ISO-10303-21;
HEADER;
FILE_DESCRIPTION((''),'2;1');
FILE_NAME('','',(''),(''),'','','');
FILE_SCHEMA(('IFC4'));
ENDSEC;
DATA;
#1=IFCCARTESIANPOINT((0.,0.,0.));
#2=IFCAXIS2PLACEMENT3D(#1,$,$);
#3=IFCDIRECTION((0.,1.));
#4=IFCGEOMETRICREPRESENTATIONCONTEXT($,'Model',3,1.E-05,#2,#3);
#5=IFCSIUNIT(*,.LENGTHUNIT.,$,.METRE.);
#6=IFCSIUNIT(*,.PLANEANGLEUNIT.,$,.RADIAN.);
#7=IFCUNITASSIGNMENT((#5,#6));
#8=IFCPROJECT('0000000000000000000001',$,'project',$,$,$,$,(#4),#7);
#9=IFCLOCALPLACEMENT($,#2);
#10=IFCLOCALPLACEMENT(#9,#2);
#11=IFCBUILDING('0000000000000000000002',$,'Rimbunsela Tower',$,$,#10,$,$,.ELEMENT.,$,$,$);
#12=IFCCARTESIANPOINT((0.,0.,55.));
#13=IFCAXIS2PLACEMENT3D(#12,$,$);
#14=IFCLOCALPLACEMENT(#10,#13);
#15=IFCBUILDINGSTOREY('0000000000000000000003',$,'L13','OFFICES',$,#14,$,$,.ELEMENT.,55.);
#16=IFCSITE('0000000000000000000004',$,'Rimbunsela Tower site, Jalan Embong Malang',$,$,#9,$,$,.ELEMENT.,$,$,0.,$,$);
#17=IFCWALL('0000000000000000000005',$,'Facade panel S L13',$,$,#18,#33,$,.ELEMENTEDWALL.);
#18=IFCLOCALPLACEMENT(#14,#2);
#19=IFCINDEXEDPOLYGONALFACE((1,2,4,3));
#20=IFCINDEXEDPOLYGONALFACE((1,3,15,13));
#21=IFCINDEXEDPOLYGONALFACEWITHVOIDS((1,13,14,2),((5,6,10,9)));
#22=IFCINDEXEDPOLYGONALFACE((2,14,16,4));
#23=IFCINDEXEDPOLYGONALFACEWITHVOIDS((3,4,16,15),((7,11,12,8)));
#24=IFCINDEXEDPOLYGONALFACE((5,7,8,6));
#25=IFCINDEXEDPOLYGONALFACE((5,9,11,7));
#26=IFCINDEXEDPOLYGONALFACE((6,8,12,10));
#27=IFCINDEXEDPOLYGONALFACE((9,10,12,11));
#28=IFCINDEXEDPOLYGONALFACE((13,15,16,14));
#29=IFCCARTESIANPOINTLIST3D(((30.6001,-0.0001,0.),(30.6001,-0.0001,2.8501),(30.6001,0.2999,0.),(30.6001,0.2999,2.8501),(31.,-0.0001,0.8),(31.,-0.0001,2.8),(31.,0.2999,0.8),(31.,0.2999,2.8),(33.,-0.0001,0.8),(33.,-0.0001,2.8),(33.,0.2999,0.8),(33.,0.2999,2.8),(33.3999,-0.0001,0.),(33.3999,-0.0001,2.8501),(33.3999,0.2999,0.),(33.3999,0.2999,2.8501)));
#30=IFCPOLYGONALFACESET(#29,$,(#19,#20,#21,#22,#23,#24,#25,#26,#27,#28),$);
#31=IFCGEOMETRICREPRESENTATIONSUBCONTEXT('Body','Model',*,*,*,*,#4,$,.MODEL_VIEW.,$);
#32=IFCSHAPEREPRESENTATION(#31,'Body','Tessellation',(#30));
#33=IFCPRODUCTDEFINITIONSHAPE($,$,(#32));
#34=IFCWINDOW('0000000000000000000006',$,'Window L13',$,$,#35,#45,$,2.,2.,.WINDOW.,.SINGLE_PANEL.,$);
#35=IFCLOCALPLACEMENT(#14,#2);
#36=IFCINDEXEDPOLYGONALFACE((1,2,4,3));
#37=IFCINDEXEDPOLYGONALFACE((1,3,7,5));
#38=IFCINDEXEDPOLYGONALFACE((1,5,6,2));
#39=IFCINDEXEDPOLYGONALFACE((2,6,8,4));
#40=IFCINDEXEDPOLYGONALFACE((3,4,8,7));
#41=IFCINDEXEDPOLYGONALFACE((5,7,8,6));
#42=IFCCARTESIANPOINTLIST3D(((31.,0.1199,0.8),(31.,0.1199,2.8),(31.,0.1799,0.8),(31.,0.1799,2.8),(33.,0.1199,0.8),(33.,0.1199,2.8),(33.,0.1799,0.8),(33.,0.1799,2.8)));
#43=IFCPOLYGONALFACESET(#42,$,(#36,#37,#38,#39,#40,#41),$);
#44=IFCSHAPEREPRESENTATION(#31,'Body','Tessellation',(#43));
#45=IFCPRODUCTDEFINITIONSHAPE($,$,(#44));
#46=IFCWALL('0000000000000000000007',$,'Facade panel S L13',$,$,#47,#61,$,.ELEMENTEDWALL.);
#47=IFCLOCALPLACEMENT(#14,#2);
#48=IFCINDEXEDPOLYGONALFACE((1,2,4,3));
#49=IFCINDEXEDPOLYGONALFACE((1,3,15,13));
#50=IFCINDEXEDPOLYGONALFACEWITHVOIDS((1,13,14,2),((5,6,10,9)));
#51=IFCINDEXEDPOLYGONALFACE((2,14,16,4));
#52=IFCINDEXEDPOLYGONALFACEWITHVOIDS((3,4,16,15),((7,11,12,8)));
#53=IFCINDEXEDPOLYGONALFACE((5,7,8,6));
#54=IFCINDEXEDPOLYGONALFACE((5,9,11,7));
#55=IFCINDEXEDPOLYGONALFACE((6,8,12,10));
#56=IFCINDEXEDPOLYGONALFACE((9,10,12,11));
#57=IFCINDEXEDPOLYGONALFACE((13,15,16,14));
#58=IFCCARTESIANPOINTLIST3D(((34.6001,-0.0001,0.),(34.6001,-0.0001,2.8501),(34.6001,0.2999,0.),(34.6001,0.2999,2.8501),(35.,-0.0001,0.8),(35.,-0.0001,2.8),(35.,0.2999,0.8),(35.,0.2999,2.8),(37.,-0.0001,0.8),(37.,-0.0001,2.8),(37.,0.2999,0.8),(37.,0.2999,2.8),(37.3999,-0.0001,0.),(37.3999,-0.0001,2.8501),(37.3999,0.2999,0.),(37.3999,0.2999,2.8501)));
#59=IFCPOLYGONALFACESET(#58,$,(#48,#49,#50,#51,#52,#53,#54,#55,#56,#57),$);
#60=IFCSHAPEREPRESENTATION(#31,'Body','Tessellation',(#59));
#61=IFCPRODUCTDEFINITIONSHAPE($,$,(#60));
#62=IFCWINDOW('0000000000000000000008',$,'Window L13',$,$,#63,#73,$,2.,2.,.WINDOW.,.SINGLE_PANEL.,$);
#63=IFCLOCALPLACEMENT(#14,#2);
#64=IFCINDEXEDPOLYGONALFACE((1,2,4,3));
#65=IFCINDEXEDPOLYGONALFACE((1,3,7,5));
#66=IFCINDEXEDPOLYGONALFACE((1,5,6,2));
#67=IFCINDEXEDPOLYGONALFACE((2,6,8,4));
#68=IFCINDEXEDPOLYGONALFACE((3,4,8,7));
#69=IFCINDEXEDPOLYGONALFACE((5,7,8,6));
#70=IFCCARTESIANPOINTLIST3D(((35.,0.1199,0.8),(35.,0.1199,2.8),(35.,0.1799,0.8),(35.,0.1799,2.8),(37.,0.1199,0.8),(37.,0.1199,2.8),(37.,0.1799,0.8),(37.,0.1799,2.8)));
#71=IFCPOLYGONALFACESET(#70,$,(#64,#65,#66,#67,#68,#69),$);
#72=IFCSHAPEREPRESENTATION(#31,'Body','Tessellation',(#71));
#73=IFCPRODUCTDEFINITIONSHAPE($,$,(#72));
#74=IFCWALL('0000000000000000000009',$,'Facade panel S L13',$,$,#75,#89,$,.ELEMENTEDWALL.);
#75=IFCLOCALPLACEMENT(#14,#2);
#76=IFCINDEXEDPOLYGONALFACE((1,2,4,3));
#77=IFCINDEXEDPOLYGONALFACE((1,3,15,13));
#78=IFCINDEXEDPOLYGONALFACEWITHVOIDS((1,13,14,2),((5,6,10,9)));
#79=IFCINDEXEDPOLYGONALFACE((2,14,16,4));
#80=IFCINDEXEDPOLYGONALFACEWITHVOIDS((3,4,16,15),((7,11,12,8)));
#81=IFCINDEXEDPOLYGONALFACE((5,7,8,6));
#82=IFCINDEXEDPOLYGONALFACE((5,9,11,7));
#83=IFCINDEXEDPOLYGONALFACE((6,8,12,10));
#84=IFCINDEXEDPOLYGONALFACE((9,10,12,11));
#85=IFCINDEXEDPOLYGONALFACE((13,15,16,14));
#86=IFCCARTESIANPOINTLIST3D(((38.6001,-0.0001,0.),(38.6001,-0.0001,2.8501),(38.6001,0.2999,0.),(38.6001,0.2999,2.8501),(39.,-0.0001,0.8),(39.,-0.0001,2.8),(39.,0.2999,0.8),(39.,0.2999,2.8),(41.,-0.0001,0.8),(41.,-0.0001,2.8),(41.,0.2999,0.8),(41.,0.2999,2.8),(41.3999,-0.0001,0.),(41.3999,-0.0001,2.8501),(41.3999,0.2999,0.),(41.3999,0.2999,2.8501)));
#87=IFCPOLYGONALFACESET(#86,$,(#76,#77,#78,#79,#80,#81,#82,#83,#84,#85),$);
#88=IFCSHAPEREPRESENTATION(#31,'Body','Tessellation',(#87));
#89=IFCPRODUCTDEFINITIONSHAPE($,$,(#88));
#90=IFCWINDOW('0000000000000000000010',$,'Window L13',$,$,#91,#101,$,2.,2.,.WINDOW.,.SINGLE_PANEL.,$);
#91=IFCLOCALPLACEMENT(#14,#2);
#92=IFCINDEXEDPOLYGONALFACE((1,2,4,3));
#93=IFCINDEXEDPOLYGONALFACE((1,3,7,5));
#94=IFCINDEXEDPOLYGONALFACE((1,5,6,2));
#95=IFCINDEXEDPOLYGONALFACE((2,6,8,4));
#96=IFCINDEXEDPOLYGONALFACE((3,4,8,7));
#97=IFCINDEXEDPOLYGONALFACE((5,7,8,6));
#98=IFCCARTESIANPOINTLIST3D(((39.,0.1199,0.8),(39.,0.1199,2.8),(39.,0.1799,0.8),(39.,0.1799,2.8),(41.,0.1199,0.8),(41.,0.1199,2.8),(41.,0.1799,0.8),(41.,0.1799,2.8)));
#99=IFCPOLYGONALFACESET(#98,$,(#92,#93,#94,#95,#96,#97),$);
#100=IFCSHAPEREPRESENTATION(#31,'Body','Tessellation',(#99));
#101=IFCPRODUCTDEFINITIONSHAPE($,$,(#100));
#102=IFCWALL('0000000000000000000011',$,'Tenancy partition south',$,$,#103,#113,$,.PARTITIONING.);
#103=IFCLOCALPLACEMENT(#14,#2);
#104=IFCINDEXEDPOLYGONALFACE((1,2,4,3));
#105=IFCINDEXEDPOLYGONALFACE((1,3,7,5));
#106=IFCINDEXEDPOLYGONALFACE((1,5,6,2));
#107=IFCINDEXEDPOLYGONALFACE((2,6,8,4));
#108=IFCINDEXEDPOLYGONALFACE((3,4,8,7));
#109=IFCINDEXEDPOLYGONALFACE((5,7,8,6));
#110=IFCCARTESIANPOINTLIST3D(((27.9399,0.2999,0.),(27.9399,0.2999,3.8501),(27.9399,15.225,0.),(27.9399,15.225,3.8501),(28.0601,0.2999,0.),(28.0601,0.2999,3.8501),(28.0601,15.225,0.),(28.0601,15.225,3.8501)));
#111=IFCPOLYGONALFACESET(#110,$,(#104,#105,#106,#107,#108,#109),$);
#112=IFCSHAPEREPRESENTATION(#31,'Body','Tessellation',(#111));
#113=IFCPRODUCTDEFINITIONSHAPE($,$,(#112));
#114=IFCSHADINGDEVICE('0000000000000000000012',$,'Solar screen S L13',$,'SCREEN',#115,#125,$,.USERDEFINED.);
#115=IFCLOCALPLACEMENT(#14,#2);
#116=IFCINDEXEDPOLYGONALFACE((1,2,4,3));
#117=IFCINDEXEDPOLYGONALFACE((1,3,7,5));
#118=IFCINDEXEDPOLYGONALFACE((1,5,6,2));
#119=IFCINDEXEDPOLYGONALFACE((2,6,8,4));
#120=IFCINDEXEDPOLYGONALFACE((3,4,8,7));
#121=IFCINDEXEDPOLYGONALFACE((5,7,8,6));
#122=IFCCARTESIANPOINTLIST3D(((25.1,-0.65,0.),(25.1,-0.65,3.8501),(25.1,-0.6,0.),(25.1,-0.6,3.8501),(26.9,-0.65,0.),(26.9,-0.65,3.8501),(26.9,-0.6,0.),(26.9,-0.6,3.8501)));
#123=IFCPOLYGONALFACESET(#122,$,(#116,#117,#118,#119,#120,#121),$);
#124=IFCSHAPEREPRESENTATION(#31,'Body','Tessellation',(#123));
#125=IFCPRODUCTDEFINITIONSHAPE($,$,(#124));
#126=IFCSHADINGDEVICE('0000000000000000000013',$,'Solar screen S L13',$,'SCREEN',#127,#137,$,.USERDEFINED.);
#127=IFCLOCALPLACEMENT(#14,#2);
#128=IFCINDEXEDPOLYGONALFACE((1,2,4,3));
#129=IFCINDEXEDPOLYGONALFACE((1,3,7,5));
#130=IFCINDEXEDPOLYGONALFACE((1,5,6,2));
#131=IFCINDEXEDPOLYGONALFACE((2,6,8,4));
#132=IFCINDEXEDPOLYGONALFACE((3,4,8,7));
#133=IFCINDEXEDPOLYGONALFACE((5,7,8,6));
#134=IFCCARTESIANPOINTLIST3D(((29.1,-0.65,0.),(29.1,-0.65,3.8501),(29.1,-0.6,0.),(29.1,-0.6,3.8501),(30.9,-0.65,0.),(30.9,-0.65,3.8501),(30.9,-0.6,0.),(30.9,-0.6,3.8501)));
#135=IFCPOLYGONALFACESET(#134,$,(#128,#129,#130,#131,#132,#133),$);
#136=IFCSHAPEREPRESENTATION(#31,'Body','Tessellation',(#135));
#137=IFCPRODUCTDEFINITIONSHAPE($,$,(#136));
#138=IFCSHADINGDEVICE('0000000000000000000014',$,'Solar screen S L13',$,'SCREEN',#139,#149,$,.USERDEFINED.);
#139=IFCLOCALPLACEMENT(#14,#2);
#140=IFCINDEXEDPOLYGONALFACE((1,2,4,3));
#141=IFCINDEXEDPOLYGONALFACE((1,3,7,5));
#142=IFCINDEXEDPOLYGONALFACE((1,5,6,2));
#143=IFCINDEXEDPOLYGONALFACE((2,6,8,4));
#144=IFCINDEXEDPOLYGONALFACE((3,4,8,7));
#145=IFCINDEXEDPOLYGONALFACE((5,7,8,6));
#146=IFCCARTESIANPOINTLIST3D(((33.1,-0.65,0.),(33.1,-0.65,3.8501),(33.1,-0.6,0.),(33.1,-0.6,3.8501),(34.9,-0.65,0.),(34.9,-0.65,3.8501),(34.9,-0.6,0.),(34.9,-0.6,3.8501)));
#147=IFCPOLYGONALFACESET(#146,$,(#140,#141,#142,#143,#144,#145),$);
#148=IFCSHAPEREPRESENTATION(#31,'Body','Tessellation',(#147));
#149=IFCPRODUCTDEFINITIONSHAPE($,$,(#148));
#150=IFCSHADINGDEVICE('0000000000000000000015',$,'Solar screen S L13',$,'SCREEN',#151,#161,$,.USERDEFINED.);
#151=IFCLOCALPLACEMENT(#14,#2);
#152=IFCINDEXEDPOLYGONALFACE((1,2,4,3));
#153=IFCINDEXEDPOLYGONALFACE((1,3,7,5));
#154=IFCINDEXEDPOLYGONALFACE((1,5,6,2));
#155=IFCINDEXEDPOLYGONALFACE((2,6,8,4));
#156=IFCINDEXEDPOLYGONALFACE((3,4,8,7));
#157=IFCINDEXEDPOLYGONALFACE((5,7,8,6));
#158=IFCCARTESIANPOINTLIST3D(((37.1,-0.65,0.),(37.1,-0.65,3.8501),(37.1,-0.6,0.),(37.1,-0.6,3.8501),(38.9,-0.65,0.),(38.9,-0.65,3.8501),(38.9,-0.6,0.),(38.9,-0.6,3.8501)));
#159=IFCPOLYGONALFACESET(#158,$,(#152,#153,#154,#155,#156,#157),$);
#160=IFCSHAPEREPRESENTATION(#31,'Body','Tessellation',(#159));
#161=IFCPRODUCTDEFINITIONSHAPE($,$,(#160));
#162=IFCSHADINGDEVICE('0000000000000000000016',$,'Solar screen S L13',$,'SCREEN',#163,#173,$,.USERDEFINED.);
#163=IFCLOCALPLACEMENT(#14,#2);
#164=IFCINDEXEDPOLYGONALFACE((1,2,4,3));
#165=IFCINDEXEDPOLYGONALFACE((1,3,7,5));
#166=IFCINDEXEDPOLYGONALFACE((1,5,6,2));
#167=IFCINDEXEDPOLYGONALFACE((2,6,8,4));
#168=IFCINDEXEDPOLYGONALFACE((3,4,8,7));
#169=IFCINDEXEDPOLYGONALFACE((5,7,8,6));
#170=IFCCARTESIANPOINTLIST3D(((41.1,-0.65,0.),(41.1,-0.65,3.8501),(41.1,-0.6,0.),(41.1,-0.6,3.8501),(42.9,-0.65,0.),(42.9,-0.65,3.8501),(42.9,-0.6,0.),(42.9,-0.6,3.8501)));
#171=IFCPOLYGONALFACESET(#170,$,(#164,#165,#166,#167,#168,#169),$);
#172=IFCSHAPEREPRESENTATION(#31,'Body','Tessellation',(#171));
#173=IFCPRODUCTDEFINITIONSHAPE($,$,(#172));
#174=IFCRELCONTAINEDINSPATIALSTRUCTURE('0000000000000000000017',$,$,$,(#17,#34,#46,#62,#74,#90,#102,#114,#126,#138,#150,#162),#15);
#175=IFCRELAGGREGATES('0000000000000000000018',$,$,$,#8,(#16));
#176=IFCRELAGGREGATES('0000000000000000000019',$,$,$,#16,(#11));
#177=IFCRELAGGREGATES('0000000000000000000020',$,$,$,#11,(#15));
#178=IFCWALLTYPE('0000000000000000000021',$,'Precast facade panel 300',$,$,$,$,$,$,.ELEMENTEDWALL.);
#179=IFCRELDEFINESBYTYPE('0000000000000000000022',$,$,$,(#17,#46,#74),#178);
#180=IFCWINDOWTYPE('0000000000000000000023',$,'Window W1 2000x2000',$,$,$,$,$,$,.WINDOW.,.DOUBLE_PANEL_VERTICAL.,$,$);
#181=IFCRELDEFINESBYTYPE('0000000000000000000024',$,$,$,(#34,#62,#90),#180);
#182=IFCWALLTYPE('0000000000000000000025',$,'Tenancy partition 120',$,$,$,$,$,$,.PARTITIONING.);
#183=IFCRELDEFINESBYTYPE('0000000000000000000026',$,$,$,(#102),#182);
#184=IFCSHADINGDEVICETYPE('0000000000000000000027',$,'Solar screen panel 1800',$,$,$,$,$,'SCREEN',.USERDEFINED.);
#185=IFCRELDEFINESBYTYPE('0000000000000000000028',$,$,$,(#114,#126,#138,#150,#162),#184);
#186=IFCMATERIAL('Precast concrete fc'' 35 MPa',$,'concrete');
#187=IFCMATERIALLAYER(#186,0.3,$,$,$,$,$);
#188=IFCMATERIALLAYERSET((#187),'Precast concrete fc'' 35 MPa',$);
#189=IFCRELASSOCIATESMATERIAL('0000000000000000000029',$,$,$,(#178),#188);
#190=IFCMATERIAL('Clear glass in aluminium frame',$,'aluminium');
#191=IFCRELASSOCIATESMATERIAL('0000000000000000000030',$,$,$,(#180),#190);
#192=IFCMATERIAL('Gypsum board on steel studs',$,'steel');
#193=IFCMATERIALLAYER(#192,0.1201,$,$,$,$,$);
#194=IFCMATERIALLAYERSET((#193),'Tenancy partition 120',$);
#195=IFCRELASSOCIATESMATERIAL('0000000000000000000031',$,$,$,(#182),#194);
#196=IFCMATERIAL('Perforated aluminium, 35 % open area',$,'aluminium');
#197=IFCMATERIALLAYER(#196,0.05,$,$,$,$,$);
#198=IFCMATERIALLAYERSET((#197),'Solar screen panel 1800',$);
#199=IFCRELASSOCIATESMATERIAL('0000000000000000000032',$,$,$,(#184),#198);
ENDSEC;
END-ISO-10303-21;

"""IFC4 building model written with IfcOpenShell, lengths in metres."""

from ifc_helpers import new_model, si_unit, direction, frame, frame_2d, origin, origin_2d, place, context, subcontext, project, spatial, rectangle, extrude, material, layer, layer_set, type_object, element, fill, save


model = new_model("IFC4")

# Units and contexts
model_context = context("Model", 3, precision=1e-05, world=origin(), true_north=direction((0.0, 1.0)))
body_context = subcontext(model_context, "Body", "Model", "MODEL_VIEW")
ifc_project = project(units=[si_unit("LENGTHUNIT", "METRE"), si_unit("PLANEANGLEUNIT", "RADIAN")], contexts=[model_context])

# Site, building, storey
site_placement = place(None, origin())
site = spatial("IfcSite", under=ifc_project, at=site_placement, Name="Rimbunsela Tower site, Jalan Embong Malang", CompositionType="ELEMENT", RefElevation=0.0)
building_placement = place(site_placement, origin())
building = spatial("IfcBuilding", under=site, at=building_placement, Name="Rimbunsela Tower", CompositionType="ELEMENT")
storey_placement = place(building_placement, frame((0.0, 0.0, 55.0)))
storey = spatial("IfcBuildingStorey", under=building, at=storey_placement, Name="L13", Description="OFFICES", CompositionType="ELEMENT", Elevation=55.0)

# Shared definitions
ifc_material_1 = material(Name="Precast concrete fc' 35 MPa", Category="concrete")
ifc_layer_1 = layer(ifc_material_1, 0.3)
ifc_layer_set_1 = layer_set([ifc_layer_1], Name="Precast concrete fc' 35 MPa")
wall_type_1 = type_object("IfcWallType", Name="Precast facade panel 300", PredefinedType="ELEMENTEDWALL", material=ifc_layer_set_1)

# Walls, openings, windows
wall_1_placement = place(storey_placement, frame((30.6001, 0.1499, 0.0), z_axis=(0.0, 0.0, 1.0), x_axis=(1.0, 0.0, 0.0)))
wall_1 = element("IfcWall", 1, at=wall_1_placement, inside=storey, type_object=wall_type_1, Name="Facade panel S L13", PredefinedType="ELEMENTEDWALL", context=body_context, shape_type="SweptSolid", body=[
    extrude(rectangle(XDim=2.7998, YDim=0.3, at=frame_2d((1.3999, 0.0))), origin(), (0.0, 0.0, 1.0), 2.8501),
])
opening_1_placement = place(wall_1_placement, frame((0.3999, 0.0, 0.8)))
opening_1 = element("IfcOpeningElement", 2, at=opening_1_placement, cuts=wall_1, PredefinedType="OPENING", context=body_context, shape_type="SweptSolid", body=[
    extrude(rectangle(XDim=2.0, YDim=2.0, at=frame_2d((1.0, 1.0))), frame((0.0, 0.1599, 0.0), z_axis=(0.0, -1.0, 0.0), x_axis=(1.0, 0.0, 0.0)), (0.0, 0.0, 1.0), 0.3201),
])
ifc_material_2 = material(Name="Clear glass in aluminium frame", Category="aluminium")
window_type_1 = type_object("IfcWindowType", Name="Window W1 2000x2000", PartitioningType="DOUBLE_PANEL_VERTICAL", PredefinedType="WINDOW", material=ifc_material_2)
window_1_placement = place(opening_1_placement, origin())
window_1 = element("IfcWindow", 3, at=window_1_placement, inside=storey, type_object=window_type_1, Name="Window L13", OverallHeight=2.0, OverallWidth=2.0, PartitioningType="SINGLE_PANEL", PredefinedType="WINDOW", context=body_context, shape_type="SweptSolid", body=[
    extrude(rectangle(XDim=2.0, YDim=2.0, at=frame_2d((1.0, 1.0))), frame((0.0, 0.03, 0.0), z_axis=(0.0, -1.0, 0.0), x_axis=(1.0, 0.0, 0.0)), (0.0, 0.0, 1.0), 0.0601),
])
fill(opening_1, window_1)
wall_2_placement = place(storey_placement, frame((34.6001, 0.1499, 0.0), z_axis=(0.0, 0.0, 1.0), x_axis=(1.0, 0.0, 0.0)))
wall_2 = element("IfcWall", 4, at=wall_2_placement, inside=storey, type_object=wall_type_1, Name="Facade panel S L13", PredefinedType="ELEMENTEDWALL", context=body_context, shape_type="SweptSolid", body=[
    extrude(rectangle(XDim=2.7998, YDim=0.3, at=frame_2d((1.3999, 0.0))), origin(), (0.0, 0.0, 1.0), 2.8501),
])
opening_2_placement = place(wall_2_placement, frame((0.3999, 0.0, 0.8)))
opening_2 = element("IfcOpeningElement", 5, at=opening_2_placement, cuts=wall_2, PredefinedType="OPENING", context=body_context, shape_type="SweptSolid", body=[
    extrude(rectangle(XDim=2.0, YDim=2.0, at=frame_2d((1.0, 1.0))), frame((0.0, 0.1599, 0.0), z_axis=(0.0, -1.0, 0.0), x_axis=(1.0, 0.0, 0.0)), (0.0, 0.0, 1.0), 0.3201),
])
window_2_placement = place(opening_2_placement, origin())
window_2 = element("IfcWindow", 6, at=window_2_placement, inside=storey, type_object=window_type_1, Name="Window L13", OverallHeight=2.0, OverallWidth=2.0, PartitioningType="SINGLE_PANEL", PredefinedType="WINDOW", context=body_context, shape_type="SweptSolid", body=[
    extrude(rectangle(XDim=2.0, YDim=2.0, at=frame_2d((1.0, 1.0))), frame((0.0, 0.03, 0.0), z_axis=(0.0, -1.0, 0.0), x_axis=(1.0, 0.0, 0.0)), (0.0, 0.0, 1.0), 0.0601),
])
fill(opening_2, window_2)
wall_3_placement = place(storey_placement, frame((38.6001, 0.1499, 0.0), z_axis=(0.0, 0.0, 1.0), x_axis=(1.0, 0.0, 0.0)))
wall_3 = element("IfcWall", 7, at=wall_3_placement, inside=storey, type_object=wall_type_1, Name="Facade panel S L13", PredefinedType="ELEMENTEDWALL", context=body_context, shape_type="SweptSolid", body=[
    extrude(rectangle(XDim=2.7998, YDim=0.3, at=frame_2d((1.3999, 0.0))), origin(), (0.0, 0.0, 1.0), 2.8501),
])
opening_3_placement = place(wall_3_placement, frame((0.3999, 0.0, 0.8)))
opening_3 = element("IfcOpeningElement", 8, at=opening_3_placement, cuts=wall_3, PredefinedType="OPENING", context=body_context, shape_type="SweptSolid", body=[
    extrude(rectangle(XDim=2.0, YDim=2.0, at=frame_2d((1.0, 1.0))), frame((0.0, 0.1599, 0.0), z_axis=(0.0, -1.0, 0.0), x_axis=(1.0, 0.0, 0.0)), (0.0, 0.0, 1.0), 0.3201),
])
window_3_placement = place(opening_3_placement, origin())
window_3 = element("IfcWindow", 9, at=window_3_placement, inside=storey, type_object=window_type_1, Name="Window L13", OverallHeight=2.0, OverallWidth=2.0, PartitioningType="SINGLE_PANEL", PredefinedType="WINDOW", context=body_context, shape_type="SweptSolid", body=[
    extrude(rectangle(XDim=2.0, YDim=2.0, at=frame_2d((1.0, 1.0))), frame((0.0, 0.03, 0.0), z_axis=(0.0, -1.0, 0.0), x_axis=(1.0, 0.0, 0.0)), (0.0, 0.0, 1.0), 0.0601),
])
fill(opening_3, window_3)

# Wall
ifc_material_3 = material(Name="Gypsum board on steel studs", Category="steel")
ifc_layer_2 = layer(ifc_material_3, 0.1201)
ifc_layer_set_2 = layer_set([ifc_layer_2], Name="Tenancy partition 120")
wall_type_2 = type_object("IfcWallType", Name="Tenancy partition 120", PredefinedType="PARTITIONING", material=ifc_layer_set_2)
wall_4_placement = place(storey_placement, frame((28.0, 0.3, 0.0), z_axis=(0.0, 0.0, 1.0), x_axis=(0.0, 1.0, 0.0)))
element("IfcWall", 10, at=wall_4_placement, inside=storey, type_object=wall_type_2, Name="Tenancy partition south", PredefinedType="PARTITIONING", context=body_context, shape_type="SweptSolid", body=[
    extrude(rectangle(XDim=14.925, YDim=0.1201, at=frame_2d((7.4624, 0.0))), origin(), (0.0, 0.0, 1.0), 3.8501),
])

# Shading devices
ifc_material_4 = material(Name="Perforated aluminium, 35 % open area", Category="aluminium")
ifc_layer_3 = layer(ifc_material_4, 0.05)
ifc_layer_set_3 = layer_set([ifc_layer_3], Name="Solar screen panel 1800")
shading_device_type = type_object("IfcShadingDeviceType", Name="Solar screen panel 1800", ElementType="SCREEN", PredefinedType="USERDEFINED", material=ifc_layer_set_3)
for number, where, z_axis, x_axis, name in (
    (11, (26.0, -0.625, 0.0), (0.0, 0.0, 1.0), (1.0, 0.0, 0.0), "Solar screen S L13"),
    (12, (30.0, -0.625, 0.0), (0.0, 0.0, 1.0), (1.0, 0.0, 0.0), "Solar screen S L13"),
    (13, (34.0, -0.625, 0.0), (0.0, 0.0, 1.0), (1.0, 0.0, 0.0), "Solar screen S L13"),
    (14, (38.0, -0.625, 0.0), (0.0, 0.0, 1.0), (1.0, 0.0, 0.0), "Solar screen S L13"),
    (15, (42.0, -0.625, 0.0), (0.0, 0.0, 1.0), (1.0, 0.0, 0.0), "Solar screen S L13"),
):
    element("IfcShadingDevice", number, at=place(storey_placement, frame(where, z_axis=z_axis, x_axis=x_axis)), inside=storey, type_object=shading_device_type, Name=name, ObjectType="SCREEN", PredefinedType="USERDEFINED", context=body_context, shape_type="SweptSolid", body=[
        extrude(rectangle(XDim=1.8, YDim=0.05, at=origin_2d()), origin(), (0.0, 0.0, 1.0), 3.8501),
    ])

save(model, "model.ifc")
